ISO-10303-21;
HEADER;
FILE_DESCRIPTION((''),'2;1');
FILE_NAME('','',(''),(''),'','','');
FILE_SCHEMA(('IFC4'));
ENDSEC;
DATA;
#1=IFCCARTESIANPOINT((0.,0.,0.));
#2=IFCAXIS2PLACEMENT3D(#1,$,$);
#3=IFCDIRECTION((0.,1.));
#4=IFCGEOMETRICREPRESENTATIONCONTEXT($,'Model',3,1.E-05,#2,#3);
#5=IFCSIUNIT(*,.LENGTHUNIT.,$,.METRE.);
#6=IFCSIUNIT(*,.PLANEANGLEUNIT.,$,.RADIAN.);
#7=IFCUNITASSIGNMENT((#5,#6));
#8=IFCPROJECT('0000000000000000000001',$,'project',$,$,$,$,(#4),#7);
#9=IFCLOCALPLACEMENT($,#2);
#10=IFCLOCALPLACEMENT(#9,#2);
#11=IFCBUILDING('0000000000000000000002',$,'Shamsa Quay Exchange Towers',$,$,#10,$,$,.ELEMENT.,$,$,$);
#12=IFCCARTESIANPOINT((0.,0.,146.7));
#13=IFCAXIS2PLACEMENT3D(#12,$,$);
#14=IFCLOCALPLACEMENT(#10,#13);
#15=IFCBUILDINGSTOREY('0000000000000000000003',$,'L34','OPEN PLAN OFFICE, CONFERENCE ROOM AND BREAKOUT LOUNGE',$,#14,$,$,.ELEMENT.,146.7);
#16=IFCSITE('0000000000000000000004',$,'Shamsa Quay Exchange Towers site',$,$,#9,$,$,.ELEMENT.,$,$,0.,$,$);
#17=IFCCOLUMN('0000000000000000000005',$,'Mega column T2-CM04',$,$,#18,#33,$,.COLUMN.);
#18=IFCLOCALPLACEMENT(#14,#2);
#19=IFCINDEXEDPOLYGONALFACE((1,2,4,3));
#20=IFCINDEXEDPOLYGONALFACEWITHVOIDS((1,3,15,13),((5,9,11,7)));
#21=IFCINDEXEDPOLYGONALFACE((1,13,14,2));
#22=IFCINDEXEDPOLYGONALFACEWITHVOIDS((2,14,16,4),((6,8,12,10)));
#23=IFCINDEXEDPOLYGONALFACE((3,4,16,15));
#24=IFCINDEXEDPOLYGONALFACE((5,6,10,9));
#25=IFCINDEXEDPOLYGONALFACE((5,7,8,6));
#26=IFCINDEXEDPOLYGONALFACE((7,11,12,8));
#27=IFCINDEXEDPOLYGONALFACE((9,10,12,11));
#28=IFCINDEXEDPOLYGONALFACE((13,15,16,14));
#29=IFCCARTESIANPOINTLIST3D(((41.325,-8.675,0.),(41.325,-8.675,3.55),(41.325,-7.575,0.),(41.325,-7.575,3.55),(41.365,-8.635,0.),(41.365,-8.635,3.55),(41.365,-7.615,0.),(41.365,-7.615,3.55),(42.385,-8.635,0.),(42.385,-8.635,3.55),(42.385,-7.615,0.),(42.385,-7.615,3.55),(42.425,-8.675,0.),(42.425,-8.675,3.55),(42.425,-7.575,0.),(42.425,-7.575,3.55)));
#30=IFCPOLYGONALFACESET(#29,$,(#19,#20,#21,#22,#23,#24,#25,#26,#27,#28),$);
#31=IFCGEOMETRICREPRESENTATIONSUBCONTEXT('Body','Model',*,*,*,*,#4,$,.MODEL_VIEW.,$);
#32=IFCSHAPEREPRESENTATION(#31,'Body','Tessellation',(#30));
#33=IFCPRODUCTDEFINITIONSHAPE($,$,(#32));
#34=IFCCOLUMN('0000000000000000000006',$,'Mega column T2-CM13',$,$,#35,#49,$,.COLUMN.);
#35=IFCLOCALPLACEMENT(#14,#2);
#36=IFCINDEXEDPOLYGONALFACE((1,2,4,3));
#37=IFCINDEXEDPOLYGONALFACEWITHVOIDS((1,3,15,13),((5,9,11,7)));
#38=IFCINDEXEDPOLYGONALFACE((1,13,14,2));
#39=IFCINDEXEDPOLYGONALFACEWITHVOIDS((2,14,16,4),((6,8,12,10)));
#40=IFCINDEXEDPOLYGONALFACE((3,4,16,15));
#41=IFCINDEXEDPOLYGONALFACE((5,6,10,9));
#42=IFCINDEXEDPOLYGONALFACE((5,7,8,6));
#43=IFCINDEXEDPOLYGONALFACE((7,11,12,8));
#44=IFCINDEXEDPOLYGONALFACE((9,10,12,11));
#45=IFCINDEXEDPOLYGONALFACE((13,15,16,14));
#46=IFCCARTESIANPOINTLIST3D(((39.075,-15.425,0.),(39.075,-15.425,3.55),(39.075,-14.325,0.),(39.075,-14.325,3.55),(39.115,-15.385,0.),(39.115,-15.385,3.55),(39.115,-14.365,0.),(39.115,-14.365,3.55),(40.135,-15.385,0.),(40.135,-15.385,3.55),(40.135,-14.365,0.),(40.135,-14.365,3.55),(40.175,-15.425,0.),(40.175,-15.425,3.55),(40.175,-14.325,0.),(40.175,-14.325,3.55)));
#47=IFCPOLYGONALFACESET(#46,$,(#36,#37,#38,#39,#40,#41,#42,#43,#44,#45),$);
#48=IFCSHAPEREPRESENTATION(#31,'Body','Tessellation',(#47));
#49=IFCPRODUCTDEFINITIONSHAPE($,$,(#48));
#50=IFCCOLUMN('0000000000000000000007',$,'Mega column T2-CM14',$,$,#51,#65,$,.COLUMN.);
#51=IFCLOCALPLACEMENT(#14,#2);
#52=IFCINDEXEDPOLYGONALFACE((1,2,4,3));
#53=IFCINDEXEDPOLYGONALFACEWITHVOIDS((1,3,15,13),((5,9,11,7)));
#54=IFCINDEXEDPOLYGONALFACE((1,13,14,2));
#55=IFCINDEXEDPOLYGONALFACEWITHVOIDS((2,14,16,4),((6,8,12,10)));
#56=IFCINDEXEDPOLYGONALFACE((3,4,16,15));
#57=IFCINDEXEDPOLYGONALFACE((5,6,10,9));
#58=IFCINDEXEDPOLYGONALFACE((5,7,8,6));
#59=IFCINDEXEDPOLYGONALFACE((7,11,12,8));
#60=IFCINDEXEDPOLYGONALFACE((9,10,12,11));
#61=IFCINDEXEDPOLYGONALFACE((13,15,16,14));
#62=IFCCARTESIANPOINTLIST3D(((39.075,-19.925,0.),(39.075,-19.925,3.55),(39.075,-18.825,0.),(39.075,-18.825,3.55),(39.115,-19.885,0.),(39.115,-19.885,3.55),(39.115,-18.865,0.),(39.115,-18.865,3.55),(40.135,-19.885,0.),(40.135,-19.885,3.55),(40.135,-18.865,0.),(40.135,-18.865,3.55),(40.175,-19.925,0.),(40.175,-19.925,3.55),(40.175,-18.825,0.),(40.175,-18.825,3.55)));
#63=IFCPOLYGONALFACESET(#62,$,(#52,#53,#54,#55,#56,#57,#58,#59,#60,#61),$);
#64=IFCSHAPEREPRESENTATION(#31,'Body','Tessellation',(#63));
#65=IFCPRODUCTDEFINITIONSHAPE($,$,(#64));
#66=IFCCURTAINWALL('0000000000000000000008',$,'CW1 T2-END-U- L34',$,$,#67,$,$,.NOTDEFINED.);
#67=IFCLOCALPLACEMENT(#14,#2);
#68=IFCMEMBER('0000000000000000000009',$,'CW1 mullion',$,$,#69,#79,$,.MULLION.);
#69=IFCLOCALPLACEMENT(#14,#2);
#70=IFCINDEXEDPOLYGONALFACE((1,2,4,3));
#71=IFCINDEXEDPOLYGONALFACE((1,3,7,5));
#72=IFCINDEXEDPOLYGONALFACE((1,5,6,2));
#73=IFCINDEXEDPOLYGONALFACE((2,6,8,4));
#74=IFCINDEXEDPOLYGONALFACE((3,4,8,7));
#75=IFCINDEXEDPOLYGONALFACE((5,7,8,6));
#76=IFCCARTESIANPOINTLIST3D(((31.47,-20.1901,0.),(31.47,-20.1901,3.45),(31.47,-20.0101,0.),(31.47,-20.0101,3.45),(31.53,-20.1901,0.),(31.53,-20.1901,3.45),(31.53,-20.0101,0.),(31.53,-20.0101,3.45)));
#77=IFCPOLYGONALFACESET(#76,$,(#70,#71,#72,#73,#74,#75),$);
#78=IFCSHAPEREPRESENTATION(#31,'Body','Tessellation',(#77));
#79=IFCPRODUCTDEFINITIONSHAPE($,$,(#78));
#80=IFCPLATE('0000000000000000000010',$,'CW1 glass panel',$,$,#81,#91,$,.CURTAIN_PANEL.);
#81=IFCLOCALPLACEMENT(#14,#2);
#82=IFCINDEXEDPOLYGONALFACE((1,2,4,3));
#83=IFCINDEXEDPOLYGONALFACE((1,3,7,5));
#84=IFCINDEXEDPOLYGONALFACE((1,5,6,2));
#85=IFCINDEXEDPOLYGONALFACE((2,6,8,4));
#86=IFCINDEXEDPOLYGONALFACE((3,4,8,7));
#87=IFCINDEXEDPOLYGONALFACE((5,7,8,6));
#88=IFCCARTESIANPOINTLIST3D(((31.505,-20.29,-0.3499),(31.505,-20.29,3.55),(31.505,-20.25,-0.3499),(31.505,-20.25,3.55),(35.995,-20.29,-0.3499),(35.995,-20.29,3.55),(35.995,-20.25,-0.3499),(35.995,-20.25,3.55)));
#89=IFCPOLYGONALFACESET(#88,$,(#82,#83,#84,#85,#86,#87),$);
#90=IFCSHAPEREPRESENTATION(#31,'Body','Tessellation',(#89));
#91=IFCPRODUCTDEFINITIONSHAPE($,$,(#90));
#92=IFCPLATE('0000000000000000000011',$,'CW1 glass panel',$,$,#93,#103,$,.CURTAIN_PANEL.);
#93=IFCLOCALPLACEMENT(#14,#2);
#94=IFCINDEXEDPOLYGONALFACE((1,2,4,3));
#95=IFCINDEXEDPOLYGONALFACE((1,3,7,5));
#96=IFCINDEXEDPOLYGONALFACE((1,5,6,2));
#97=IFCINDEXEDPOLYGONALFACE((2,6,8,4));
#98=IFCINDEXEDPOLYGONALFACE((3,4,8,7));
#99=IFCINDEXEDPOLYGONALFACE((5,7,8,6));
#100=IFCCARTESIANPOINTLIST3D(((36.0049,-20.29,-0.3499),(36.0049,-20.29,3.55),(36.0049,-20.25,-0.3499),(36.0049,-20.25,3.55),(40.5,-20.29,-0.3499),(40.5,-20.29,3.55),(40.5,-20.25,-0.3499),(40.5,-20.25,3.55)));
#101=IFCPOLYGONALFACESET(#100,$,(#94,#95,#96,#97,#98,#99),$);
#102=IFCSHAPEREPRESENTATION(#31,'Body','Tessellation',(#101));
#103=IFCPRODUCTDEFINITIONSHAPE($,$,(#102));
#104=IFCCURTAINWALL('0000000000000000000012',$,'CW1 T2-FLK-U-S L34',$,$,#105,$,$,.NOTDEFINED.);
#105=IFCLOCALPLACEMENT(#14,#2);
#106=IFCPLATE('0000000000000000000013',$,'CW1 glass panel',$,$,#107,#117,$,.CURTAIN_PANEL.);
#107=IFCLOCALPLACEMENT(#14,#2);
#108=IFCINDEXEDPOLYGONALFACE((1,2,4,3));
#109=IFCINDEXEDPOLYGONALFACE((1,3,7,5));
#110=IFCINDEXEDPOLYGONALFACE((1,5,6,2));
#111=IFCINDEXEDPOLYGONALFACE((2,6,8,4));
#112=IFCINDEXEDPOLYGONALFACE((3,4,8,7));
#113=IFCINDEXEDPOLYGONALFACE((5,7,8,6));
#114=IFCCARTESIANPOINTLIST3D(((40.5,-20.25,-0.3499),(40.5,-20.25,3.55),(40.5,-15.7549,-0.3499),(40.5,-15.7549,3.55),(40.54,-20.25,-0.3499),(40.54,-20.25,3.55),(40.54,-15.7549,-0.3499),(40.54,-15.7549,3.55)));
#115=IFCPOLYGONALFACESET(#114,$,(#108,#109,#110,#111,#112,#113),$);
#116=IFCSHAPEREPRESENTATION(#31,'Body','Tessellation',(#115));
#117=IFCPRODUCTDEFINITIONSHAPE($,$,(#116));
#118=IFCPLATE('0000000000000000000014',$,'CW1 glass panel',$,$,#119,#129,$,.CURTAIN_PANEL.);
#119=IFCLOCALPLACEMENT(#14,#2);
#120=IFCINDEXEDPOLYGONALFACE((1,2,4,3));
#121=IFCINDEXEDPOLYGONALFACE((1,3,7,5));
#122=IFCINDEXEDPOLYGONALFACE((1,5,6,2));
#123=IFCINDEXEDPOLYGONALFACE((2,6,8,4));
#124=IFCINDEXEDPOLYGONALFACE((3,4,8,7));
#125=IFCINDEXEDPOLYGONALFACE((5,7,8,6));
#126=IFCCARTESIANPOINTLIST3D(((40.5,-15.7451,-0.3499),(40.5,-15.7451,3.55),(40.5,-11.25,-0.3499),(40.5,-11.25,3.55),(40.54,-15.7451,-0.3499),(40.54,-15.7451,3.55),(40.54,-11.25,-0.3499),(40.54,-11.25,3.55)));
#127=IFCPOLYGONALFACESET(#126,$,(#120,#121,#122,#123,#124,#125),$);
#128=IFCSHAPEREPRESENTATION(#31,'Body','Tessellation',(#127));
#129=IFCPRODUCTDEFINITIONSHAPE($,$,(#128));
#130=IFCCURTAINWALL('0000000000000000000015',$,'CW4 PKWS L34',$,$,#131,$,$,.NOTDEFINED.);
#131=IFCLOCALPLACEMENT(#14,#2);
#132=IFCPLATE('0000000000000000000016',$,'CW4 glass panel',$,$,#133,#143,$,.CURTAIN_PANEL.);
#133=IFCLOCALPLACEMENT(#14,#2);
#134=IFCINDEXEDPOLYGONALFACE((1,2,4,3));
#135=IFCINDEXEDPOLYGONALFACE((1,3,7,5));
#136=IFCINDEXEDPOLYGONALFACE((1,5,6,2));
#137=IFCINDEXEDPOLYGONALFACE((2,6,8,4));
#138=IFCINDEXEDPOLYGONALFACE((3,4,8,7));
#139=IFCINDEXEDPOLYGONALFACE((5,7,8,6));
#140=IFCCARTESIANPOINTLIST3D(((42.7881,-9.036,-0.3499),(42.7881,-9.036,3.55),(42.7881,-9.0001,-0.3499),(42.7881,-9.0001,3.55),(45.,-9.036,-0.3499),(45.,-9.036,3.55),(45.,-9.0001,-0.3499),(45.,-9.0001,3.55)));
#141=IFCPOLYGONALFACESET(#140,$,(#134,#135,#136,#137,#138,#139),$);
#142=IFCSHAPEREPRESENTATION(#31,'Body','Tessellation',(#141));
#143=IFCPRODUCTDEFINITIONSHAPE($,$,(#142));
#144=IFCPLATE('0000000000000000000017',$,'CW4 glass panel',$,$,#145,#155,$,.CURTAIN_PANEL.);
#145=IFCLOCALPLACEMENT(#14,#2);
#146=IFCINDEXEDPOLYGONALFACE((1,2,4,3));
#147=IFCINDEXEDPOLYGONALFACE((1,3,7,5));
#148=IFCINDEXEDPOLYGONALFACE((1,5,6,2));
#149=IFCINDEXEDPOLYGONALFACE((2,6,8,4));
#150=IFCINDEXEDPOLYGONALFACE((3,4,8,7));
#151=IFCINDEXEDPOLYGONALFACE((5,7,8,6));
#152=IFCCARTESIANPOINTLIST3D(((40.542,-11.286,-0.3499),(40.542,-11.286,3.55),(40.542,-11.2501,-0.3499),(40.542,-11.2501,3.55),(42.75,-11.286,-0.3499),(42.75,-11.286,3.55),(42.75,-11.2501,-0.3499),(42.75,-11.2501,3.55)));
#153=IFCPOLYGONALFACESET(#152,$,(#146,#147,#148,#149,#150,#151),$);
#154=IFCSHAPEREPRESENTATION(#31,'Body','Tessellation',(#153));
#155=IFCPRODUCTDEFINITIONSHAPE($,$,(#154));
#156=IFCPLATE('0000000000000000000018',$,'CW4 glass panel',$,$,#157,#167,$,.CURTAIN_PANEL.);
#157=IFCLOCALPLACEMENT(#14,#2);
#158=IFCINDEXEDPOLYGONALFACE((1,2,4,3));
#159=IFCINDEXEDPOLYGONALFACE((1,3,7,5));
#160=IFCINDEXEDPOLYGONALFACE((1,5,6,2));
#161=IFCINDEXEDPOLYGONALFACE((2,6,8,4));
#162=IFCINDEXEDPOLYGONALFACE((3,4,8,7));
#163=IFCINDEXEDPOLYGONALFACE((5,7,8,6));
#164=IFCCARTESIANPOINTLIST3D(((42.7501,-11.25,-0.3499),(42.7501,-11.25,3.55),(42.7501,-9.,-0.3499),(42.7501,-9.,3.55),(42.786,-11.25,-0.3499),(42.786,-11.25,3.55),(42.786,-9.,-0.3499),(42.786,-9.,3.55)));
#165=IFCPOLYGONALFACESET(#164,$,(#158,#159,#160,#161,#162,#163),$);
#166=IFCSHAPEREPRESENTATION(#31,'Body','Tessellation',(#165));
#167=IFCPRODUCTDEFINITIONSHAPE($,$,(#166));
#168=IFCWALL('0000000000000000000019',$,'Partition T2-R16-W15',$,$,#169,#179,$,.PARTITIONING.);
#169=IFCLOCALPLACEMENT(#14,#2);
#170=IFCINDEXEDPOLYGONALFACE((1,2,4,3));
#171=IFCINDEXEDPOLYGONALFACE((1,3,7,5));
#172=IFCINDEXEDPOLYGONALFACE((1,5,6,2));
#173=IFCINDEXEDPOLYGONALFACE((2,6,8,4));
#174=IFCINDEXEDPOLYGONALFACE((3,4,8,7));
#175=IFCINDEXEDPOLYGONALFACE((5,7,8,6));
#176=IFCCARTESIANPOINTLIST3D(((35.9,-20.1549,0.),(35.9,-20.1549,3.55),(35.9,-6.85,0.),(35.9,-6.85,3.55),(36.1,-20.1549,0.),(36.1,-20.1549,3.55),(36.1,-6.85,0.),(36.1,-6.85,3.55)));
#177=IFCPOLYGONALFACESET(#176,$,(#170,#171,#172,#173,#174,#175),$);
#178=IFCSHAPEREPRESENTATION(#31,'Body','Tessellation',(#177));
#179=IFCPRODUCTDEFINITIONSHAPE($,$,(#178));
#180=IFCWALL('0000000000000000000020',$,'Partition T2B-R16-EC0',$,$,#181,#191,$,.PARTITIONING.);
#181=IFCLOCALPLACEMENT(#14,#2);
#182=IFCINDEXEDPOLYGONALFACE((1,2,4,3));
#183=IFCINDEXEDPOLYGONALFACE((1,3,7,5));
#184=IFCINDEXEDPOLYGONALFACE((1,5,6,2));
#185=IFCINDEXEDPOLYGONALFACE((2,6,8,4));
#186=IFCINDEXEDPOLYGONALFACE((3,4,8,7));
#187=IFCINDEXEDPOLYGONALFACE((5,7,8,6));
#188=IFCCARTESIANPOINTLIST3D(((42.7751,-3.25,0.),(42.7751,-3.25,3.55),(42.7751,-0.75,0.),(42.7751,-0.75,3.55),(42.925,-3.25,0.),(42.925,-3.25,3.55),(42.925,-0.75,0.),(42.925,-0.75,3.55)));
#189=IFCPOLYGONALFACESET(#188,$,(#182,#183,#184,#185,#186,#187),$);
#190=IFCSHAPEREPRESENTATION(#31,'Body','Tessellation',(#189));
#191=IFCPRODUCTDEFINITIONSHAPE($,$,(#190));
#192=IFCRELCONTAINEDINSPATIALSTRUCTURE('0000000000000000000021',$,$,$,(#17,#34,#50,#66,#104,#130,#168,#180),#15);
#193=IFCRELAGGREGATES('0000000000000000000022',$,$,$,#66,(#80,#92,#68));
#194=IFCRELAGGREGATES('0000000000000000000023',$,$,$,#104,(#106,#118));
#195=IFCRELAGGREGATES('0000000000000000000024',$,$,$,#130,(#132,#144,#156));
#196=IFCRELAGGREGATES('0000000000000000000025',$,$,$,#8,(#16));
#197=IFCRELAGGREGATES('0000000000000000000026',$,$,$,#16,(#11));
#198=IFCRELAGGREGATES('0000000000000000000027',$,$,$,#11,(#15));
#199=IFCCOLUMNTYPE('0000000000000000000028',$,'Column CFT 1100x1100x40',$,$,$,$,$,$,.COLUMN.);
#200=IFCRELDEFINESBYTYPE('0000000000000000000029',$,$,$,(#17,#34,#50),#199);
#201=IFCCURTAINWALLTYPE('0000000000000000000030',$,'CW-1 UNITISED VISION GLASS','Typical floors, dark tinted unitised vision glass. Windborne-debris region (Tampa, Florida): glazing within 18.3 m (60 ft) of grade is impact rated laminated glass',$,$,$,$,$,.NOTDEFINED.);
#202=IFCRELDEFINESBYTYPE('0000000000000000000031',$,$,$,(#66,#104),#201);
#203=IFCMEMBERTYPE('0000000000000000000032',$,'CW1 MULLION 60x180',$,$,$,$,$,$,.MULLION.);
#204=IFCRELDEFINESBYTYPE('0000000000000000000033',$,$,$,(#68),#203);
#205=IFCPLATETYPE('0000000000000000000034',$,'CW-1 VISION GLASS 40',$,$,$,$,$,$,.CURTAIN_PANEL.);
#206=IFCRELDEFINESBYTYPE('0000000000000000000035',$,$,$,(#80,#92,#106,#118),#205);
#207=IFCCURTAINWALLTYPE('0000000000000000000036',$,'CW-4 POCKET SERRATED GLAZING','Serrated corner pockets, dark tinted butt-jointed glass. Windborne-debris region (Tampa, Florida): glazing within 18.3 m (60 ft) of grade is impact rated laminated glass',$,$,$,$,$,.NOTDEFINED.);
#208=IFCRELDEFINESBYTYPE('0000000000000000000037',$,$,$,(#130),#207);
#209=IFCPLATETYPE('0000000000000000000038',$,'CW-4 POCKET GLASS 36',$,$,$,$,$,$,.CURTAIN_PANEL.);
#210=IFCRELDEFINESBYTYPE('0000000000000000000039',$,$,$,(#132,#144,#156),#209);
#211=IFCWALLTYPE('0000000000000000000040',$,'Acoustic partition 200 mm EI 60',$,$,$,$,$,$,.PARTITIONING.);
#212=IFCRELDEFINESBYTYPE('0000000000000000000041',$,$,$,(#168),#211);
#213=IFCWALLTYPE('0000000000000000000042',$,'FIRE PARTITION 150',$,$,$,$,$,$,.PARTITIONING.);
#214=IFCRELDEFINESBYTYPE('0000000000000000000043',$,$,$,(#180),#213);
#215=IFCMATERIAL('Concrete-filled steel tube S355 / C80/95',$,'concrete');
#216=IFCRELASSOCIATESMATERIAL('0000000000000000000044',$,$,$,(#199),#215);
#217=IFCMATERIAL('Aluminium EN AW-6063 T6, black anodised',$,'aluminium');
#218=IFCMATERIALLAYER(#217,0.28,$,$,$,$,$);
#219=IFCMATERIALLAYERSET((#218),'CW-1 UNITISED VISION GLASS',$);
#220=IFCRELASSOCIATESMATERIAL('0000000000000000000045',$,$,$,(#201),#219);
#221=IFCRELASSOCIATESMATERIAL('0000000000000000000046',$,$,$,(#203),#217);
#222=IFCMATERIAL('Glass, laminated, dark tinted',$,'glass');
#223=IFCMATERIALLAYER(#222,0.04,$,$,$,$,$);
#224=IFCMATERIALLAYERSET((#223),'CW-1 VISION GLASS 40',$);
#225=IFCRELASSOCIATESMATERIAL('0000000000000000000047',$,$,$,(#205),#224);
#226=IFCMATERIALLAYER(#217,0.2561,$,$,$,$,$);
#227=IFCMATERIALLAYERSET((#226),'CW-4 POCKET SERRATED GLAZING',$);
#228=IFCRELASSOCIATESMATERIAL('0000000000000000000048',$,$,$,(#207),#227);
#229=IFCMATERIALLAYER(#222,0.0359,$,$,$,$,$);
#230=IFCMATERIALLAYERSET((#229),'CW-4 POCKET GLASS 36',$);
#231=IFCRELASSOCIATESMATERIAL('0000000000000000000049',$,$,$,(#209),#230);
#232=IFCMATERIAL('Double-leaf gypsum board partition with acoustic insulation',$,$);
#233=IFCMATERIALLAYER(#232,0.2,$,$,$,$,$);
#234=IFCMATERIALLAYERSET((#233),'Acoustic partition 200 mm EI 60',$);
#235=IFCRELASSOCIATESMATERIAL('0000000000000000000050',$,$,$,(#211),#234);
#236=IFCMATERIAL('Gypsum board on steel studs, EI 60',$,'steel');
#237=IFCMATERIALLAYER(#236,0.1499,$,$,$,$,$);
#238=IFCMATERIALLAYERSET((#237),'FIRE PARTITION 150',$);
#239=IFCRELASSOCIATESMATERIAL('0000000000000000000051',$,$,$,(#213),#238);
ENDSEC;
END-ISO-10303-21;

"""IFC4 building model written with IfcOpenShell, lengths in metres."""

from ifc_helpers import new_model, si_unit, direction, frame, frame_2d, origin, origin_2d, place, context, subcontext, project, spatial, rectangle, hollow_rectangle, extrude, material, layer, layer_set, material_profile, profile_set, type_object, element, aggregate, save


model = new_model("IFC4")

# Units and contexts
model_context = context("Model", 3, precision=1e-05, world=origin(), true_north=direction((0.0, 1.0)))
body_context = subcontext(model_context, "Body", "Model", "MODEL_VIEW")
ifc_project = project(units=[si_unit("LENGTHUNIT", "METRE"), si_unit("PLANEANGLEUNIT", "RADIAN")], contexts=[model_context])

# Site, building, storey
site_placement = place(None, origin())
site = spatial("IfcSite", under=ifc_project, at=site_placement, Name="Shamsa Quay Exchange Towers site", CompositionType="ELEMENT", RefElevation=0.0)
building_placement = place(site_placement, origin())
building = spatial("IfcBuilding", under=site, at=building_placement, Name="Shamsa Quay Exchange Towers", CompositionType="ELEMENT")
storey_placement = place(building_placement, frame((0.0, 0.0, 146.7)))
storey = spatial("IfcBuildingStorey", under=building, at=storey_placement, Name="L34", Description="OPEN PLAN OFFICE, CONFERENCE ROOM AND BREAKOUT LOUNGE", CompositionType="ELEMENT", Elevation=146.7)

# Columns
ifc_material_1 = material(Name="Concrete-filled steel tube S355 / C80/95", Category="concrete")
ifc_material_profile_1 = material_profile(ifc_material_1, hollow_rectangle(XDim=1.1001, YDim=1.1001, WallThickness=0.04, at=origin_2d()), Name="CFT 1100x1100x40")
ifc_profile_set_1 = profile_set([ifc_material_profile_1], Name="Concrete-filled steel tube S355 / C80/95")
column_type = type_object("IfcColumnType", Name="Column CFT 1100x1100x40", PredefinedType="COLUMN", material=ifc_profile_set_1)
for number, where, name in (
    (1, (41.875, -8.125, 0.0), "Mega column T2-CM04"),
    (2, (39.625, -14.875, 0.0), "Mega column T2-CM13"),
    (3, (39.625, -19.375, 0.0), "Mega column T2-CM14"),
):
    element("IfcColumn", number, at=place(storey_placement, frame(where)), inside=storey, type_object=column_type, Name=name, PredefinedType="COLUMN", context=body_context, shape_type="SweptSolid", body=[
        extrude(hollow_rectangle(XDim=1.1001, YDim=1.1001, WallThickness=0.04, at=origin_2d()), origin(), (0.0, 0.0, 1.0), 3.55),
    ])

# Curtain wall, member, plates
ifc_material_2 = material(Name="Aluminium EN AW-6063 T6, black anodised", Category="aluminium")
ifc_layer_1 = layer(ifc_material_2, 0.28)
ifc_layer_set_1 = layer_set([ifc_layer_1], Name="CW-1 UNITISED VISION GLASS")
curtain_wall_type_1 = type_object("IfcCurtainWallType", Name="CW-1 UNITISED VISION GLASS", Description="Typical floors, dark tinted unitised vision glass. Windborne-debris region (Tampa, Florida): glazing within 18.3 m (60 ft) of grade is impact rated laminated glass", PredefinedType="NOTDEFINED", material=ifc_layer_set_1)
curtain_wall_1_placement = place(storey_placement, origin())
curtain_wall_1 = element("IfcCurtainWall", 4, at=curtain_wall_1_placement, inside=storey, type_object=curtain_wall_type_1, Name="CW1 T2-END-U- L34", PredefinedType="NOTDEFINED")
ifc_material_profile_2 = material_profile(ifc_material_2, rectangle(XDim=0.1799, YDim=0.0601, at=origin_2d()), Name="MU60x180")
ifc_profile_set_2 = profile_set([ifc_material_profile_2], Name="Aluminium EN AW-6063 T6, black anodised")
member_type = type_object("IfcMemberType", Name="CW1 MULLION 60x180", PredefinedType="MULLION", material=ifc_profile_set_2)
member_placement = place(storey_placement, frame((31.5, -20.1001, 0.0), z_axis=(0.0, 0.0, 1.0), x_axis=(0.0, 1.0, 0.0)))
member = element("IfcMember", 5, at=member_placement, type_object=member_type, Name="CW1 mullion", PredefinedType="MULLION", context=body_context, shape_type="SweptSolid", body=[
    extrude(rectangle(XDim=0.1799, YDim=0.0601, at=origin_2d()), origin(), (0.0, 0.0, 1.0), 3.45),
])
ifc_material_3 = material(Name="Glass, laminated, dark tinted", Category="glass")
ifc_layer_2 = layer(ifc_material_3, 0.04)
ifc_layer_set_2 = layer_set([ifc_layer_2], Name="CW-1 VISION GLASS 40")
plate_type_1 = type_object("IfcPlateType", Name="CW-1 VISION GLASS 40", PredefinedType="CURTAIN_PANEL", material=ifc_layer_set_2)
plate_1_placement = place(storey_placement, frame((33.75, -20.27, -0.3499)))
plate_1 = element("IfcPlate", 6, at=plate_1_placement, type_object=plate_type_1, Name="CW1 glass panel", PredefinedType="CURTAIN_PANEL", context=body_context, shape_type="SweptSolid", body=[
    extrude(rectangle(XDim=4.49, YDim=0.04, at=origin_2d()), origin(), (0.0, 0.0, 1.0), 3.8999),
])
plate_2_placement = place(storey_placement, frame((38.2524, -20.27, -0.3499)))
plate_2 = element("IfcPlate", 7, at=plate_2_placement, type_object=plate_type_1, Name="CW1 glass panel", PredefinedType="CURTAIN_PANEL", context=body_context, shape_type="SweptSolid", body=[
    extrude(rectangle(XDim=4.4951, YDim=0.04, at=origin_2d()), origin(), (0.0, 0.0, 1.0), 3.8999),
])
aggregate(curtain_wall_1, [plate_1, plate_2, member])

# Curtain walls, plates
curtain_wall_2_placement = place(storey_placement, origin())
curtain_wall_2 = element("IfcCurtainWall", 8, at=curtain_wall_2_placement, inside=storey, type_object=curtain_wall_type_1, Name="CW1 T2-FLK-U-S L34", PredefinedType="NOTDEFINED")
plate_3_placement = place(storey_placement, frame((40.52, -18.0024, -0.3499), z_axis=(0.0, 0.0, 1.0), x_axis=(0.0, 1.0, 0.0)))
plate_3 = element("IfcPlate", 9, at=plate_3_placement, type_object=plate_type_1, Name="CW1 glass panel", PredefinedType="CURTAIN_PANEL", context=body_context, shape_type="SweptSolid", body=[
    extrude(rectangle(XDim=4.4951, YDim=0.04, at=origin_2d()), origin(), (0.0, 0.0, 1.0), 3.8999),
])
plate_4_placement = place(storey_placement, frame((40.52, -13.4976, -0.3499), z_axis=(0.0, 0.0, 1.0), x_axis=(0.0, 1.0, 0.0)))
plate_4 = element("IfcPlate", 10, at=plate_4_placement, type_object=plate_type_1, Name="CW1 glass panel", PredefinedType="CURTAIN_PANEL", context=body_context, shape_type="SweptSolid", body=[
    extrude(rectangle(XDim=4.4951, YDim=0.04, at=origin_2d()), origin(), (0.0, 0.0, 1.0), 3.8999),
])
aggregate(curtain_wall_2, [plate_3, plate_4])
ifc_layer_3 = layer(ifc_material_2, 0.2561)
ifc_layer_set_3 = layer_set([ifc_layer_3], Name="CW-4 POCKET SERRATED GLAZING")
curtain_wall_type_2 = type_object("IfcCurtainWallType", Name="CW-4 POCKET SERRATED GLAZING", Description="Serrated corner pockets, dark tinted butt-jointed glass. Windborne-debris region (Tampa, Florida): glazing within 18.3 m (60 ft) of grade is impact rated laminated glass", PredefinedType="NOTDEFINED", material=ifc_layer_set_3)
curtain_wall_3_placement = place(storey_placement, origin())
curtain_wall_3 = element("IfcCurtainWall", 11, at=curtain_wall_3_placement, inside=storey, type_object=curtain_wall_type_2, Name="CW4 PKWS L34", PredefinedType="NOTDEFINED")
ifc_layer_4 = layer(ifc_material_3, 0.0359)
ifc_layer_set_4 = layer_set([ifc_layer_4], Name="CW-4 POCKET GLASS 36")
plate_type_2 = type_object("IfcPlateType", Name="CW-4 POCKET GLASS 36", PredefinedType="CURTAIN_PANEL", material=ifc_layer_set_4)
plate_5_placement = place(storey_placement, frame((43.894, -9.0181, -0.3499)))
plate_5 = element("IfcPlate", 12, at=plate_5_placement, type_object=plate_type_2, Name="CW4 glass panel", PredefinedType="CURTAIN_PANEL", context=body_context, shape_type="SweptSolid", body=[
    extrude(rectangle(XDim=2.2119, YDim=0.0359, at=origin_2d()), origin(), (0.0, 0.0, 1.0), 3.8999),
])
plate_6_placement = place(storey_placement, frame((41.646, -11.2681, -0.3499)))
plate_6 = element("IfcPlate", 13, at=plate_6_placement, type_object=plate_type_2, Name="CW4 glass panel", PredefinedType="CURTAIN_PANEL", context=body_context, shape_type="SweptSolid", body=[
    extrude(rectangle(XDim=2.208, YDim=0.0359, at=origin_2d()), origin(), (0.0, 0.0, 1.0), 3.8999),
])
plate_7_placement = place(storey_placement, frame((42.7681, -10.125, -0.3499), z_axis=(0.0, 0.0, 1.0), x_axis=(0.0, 1.0, 0.0)))
plate_7 = element("IfcPlate", 14, at=plate_7_placement, type_object=plate_type_2, Name="CW4 glass panel", PredefinedType="CURTAIN_PANEL", context=body_context, shape_type="SweptSolid", body=[
    extrude(rectangle(XDim=2.25, YDim=0.0359, at=origin_2d()), origin(), (0.0, 0.0, 1.0), 3.8999),
])
aggregate(curtain_wall_3, [plate_5, plate_6, plate_7])

# Wall
ifc_material_4 = material(Name="Double-leaf gypsum board partition with acoustic insulation")
ifc_layer_5 = layer(ifc_material_4, 0.2)
ifc_layer_set_5 = layer_set([ifc_layer_5], Name="Acoustic partition 200 mm EI 60")
wall_type_1 = type_object("IfcWallType", Name="Acoustic partition 200 mm EI 60", PredefinedType="PARTITIONING", material=ifc_layer_set_5)
wall_1_placement = place(storey_placement, frame((36.0, -6.8501, 0.0), z_axis=(0.0, 0.0, 1.0), x_axis=(0.0, -1.0, 0.0)))
element("IfcWall", 15, at=wall_1_placement, inside=storey, type_object=wall_type_1, Name="Partition T2-R16-W15", PredefinedType="PARTITIONING", context=body_context, shape_type="SweptSolid", body=[
    extrude(rectangle(XDim=13.3049, YDim=0.2, at=frame_2d((6.6523, 0.0))), origin(), (0.0, 0.0, 1.0), 3.55),
])

# Wall
ifc_material_5 = material(Name="Gypsum board on steel studs, EI 60", Category="steel")
ifc_layer_6 = layer(ifc_material_5, 0.1499)
ifc_layer_set_6 = layer_set([ifc_layer_6], Name="FIRE PARTITION 150")
wall_type_2 = type_object("IfcWallType", Name="FIRE PARTITION 150", PredefinedType="PARTITIONING", material=ifc_layer_set_6)
wall_2_placement = place(storey_placement, frame((42.8501, -3.25, 0.0), z_axis=(0.0, 0.0, 1.0), x_axis=(0.0, 1.0, 0.0)))
element("IfcWall", 16, at=wall_2_placement, inside=storey, type_object=wall_type_2, Name="Partition T2B-R16-EC0", PredefinedType="PARTITIONING", context=body_context, shape_type="SweptSolid", body=[
    extrude(rectangle(XDim=2.5, YDim=0.1499, at=frame_2d((1.25, 0.0))), origin(), (0.0, 0.0, 1.0), 3.55),
])

save(model, "model.ifc")
